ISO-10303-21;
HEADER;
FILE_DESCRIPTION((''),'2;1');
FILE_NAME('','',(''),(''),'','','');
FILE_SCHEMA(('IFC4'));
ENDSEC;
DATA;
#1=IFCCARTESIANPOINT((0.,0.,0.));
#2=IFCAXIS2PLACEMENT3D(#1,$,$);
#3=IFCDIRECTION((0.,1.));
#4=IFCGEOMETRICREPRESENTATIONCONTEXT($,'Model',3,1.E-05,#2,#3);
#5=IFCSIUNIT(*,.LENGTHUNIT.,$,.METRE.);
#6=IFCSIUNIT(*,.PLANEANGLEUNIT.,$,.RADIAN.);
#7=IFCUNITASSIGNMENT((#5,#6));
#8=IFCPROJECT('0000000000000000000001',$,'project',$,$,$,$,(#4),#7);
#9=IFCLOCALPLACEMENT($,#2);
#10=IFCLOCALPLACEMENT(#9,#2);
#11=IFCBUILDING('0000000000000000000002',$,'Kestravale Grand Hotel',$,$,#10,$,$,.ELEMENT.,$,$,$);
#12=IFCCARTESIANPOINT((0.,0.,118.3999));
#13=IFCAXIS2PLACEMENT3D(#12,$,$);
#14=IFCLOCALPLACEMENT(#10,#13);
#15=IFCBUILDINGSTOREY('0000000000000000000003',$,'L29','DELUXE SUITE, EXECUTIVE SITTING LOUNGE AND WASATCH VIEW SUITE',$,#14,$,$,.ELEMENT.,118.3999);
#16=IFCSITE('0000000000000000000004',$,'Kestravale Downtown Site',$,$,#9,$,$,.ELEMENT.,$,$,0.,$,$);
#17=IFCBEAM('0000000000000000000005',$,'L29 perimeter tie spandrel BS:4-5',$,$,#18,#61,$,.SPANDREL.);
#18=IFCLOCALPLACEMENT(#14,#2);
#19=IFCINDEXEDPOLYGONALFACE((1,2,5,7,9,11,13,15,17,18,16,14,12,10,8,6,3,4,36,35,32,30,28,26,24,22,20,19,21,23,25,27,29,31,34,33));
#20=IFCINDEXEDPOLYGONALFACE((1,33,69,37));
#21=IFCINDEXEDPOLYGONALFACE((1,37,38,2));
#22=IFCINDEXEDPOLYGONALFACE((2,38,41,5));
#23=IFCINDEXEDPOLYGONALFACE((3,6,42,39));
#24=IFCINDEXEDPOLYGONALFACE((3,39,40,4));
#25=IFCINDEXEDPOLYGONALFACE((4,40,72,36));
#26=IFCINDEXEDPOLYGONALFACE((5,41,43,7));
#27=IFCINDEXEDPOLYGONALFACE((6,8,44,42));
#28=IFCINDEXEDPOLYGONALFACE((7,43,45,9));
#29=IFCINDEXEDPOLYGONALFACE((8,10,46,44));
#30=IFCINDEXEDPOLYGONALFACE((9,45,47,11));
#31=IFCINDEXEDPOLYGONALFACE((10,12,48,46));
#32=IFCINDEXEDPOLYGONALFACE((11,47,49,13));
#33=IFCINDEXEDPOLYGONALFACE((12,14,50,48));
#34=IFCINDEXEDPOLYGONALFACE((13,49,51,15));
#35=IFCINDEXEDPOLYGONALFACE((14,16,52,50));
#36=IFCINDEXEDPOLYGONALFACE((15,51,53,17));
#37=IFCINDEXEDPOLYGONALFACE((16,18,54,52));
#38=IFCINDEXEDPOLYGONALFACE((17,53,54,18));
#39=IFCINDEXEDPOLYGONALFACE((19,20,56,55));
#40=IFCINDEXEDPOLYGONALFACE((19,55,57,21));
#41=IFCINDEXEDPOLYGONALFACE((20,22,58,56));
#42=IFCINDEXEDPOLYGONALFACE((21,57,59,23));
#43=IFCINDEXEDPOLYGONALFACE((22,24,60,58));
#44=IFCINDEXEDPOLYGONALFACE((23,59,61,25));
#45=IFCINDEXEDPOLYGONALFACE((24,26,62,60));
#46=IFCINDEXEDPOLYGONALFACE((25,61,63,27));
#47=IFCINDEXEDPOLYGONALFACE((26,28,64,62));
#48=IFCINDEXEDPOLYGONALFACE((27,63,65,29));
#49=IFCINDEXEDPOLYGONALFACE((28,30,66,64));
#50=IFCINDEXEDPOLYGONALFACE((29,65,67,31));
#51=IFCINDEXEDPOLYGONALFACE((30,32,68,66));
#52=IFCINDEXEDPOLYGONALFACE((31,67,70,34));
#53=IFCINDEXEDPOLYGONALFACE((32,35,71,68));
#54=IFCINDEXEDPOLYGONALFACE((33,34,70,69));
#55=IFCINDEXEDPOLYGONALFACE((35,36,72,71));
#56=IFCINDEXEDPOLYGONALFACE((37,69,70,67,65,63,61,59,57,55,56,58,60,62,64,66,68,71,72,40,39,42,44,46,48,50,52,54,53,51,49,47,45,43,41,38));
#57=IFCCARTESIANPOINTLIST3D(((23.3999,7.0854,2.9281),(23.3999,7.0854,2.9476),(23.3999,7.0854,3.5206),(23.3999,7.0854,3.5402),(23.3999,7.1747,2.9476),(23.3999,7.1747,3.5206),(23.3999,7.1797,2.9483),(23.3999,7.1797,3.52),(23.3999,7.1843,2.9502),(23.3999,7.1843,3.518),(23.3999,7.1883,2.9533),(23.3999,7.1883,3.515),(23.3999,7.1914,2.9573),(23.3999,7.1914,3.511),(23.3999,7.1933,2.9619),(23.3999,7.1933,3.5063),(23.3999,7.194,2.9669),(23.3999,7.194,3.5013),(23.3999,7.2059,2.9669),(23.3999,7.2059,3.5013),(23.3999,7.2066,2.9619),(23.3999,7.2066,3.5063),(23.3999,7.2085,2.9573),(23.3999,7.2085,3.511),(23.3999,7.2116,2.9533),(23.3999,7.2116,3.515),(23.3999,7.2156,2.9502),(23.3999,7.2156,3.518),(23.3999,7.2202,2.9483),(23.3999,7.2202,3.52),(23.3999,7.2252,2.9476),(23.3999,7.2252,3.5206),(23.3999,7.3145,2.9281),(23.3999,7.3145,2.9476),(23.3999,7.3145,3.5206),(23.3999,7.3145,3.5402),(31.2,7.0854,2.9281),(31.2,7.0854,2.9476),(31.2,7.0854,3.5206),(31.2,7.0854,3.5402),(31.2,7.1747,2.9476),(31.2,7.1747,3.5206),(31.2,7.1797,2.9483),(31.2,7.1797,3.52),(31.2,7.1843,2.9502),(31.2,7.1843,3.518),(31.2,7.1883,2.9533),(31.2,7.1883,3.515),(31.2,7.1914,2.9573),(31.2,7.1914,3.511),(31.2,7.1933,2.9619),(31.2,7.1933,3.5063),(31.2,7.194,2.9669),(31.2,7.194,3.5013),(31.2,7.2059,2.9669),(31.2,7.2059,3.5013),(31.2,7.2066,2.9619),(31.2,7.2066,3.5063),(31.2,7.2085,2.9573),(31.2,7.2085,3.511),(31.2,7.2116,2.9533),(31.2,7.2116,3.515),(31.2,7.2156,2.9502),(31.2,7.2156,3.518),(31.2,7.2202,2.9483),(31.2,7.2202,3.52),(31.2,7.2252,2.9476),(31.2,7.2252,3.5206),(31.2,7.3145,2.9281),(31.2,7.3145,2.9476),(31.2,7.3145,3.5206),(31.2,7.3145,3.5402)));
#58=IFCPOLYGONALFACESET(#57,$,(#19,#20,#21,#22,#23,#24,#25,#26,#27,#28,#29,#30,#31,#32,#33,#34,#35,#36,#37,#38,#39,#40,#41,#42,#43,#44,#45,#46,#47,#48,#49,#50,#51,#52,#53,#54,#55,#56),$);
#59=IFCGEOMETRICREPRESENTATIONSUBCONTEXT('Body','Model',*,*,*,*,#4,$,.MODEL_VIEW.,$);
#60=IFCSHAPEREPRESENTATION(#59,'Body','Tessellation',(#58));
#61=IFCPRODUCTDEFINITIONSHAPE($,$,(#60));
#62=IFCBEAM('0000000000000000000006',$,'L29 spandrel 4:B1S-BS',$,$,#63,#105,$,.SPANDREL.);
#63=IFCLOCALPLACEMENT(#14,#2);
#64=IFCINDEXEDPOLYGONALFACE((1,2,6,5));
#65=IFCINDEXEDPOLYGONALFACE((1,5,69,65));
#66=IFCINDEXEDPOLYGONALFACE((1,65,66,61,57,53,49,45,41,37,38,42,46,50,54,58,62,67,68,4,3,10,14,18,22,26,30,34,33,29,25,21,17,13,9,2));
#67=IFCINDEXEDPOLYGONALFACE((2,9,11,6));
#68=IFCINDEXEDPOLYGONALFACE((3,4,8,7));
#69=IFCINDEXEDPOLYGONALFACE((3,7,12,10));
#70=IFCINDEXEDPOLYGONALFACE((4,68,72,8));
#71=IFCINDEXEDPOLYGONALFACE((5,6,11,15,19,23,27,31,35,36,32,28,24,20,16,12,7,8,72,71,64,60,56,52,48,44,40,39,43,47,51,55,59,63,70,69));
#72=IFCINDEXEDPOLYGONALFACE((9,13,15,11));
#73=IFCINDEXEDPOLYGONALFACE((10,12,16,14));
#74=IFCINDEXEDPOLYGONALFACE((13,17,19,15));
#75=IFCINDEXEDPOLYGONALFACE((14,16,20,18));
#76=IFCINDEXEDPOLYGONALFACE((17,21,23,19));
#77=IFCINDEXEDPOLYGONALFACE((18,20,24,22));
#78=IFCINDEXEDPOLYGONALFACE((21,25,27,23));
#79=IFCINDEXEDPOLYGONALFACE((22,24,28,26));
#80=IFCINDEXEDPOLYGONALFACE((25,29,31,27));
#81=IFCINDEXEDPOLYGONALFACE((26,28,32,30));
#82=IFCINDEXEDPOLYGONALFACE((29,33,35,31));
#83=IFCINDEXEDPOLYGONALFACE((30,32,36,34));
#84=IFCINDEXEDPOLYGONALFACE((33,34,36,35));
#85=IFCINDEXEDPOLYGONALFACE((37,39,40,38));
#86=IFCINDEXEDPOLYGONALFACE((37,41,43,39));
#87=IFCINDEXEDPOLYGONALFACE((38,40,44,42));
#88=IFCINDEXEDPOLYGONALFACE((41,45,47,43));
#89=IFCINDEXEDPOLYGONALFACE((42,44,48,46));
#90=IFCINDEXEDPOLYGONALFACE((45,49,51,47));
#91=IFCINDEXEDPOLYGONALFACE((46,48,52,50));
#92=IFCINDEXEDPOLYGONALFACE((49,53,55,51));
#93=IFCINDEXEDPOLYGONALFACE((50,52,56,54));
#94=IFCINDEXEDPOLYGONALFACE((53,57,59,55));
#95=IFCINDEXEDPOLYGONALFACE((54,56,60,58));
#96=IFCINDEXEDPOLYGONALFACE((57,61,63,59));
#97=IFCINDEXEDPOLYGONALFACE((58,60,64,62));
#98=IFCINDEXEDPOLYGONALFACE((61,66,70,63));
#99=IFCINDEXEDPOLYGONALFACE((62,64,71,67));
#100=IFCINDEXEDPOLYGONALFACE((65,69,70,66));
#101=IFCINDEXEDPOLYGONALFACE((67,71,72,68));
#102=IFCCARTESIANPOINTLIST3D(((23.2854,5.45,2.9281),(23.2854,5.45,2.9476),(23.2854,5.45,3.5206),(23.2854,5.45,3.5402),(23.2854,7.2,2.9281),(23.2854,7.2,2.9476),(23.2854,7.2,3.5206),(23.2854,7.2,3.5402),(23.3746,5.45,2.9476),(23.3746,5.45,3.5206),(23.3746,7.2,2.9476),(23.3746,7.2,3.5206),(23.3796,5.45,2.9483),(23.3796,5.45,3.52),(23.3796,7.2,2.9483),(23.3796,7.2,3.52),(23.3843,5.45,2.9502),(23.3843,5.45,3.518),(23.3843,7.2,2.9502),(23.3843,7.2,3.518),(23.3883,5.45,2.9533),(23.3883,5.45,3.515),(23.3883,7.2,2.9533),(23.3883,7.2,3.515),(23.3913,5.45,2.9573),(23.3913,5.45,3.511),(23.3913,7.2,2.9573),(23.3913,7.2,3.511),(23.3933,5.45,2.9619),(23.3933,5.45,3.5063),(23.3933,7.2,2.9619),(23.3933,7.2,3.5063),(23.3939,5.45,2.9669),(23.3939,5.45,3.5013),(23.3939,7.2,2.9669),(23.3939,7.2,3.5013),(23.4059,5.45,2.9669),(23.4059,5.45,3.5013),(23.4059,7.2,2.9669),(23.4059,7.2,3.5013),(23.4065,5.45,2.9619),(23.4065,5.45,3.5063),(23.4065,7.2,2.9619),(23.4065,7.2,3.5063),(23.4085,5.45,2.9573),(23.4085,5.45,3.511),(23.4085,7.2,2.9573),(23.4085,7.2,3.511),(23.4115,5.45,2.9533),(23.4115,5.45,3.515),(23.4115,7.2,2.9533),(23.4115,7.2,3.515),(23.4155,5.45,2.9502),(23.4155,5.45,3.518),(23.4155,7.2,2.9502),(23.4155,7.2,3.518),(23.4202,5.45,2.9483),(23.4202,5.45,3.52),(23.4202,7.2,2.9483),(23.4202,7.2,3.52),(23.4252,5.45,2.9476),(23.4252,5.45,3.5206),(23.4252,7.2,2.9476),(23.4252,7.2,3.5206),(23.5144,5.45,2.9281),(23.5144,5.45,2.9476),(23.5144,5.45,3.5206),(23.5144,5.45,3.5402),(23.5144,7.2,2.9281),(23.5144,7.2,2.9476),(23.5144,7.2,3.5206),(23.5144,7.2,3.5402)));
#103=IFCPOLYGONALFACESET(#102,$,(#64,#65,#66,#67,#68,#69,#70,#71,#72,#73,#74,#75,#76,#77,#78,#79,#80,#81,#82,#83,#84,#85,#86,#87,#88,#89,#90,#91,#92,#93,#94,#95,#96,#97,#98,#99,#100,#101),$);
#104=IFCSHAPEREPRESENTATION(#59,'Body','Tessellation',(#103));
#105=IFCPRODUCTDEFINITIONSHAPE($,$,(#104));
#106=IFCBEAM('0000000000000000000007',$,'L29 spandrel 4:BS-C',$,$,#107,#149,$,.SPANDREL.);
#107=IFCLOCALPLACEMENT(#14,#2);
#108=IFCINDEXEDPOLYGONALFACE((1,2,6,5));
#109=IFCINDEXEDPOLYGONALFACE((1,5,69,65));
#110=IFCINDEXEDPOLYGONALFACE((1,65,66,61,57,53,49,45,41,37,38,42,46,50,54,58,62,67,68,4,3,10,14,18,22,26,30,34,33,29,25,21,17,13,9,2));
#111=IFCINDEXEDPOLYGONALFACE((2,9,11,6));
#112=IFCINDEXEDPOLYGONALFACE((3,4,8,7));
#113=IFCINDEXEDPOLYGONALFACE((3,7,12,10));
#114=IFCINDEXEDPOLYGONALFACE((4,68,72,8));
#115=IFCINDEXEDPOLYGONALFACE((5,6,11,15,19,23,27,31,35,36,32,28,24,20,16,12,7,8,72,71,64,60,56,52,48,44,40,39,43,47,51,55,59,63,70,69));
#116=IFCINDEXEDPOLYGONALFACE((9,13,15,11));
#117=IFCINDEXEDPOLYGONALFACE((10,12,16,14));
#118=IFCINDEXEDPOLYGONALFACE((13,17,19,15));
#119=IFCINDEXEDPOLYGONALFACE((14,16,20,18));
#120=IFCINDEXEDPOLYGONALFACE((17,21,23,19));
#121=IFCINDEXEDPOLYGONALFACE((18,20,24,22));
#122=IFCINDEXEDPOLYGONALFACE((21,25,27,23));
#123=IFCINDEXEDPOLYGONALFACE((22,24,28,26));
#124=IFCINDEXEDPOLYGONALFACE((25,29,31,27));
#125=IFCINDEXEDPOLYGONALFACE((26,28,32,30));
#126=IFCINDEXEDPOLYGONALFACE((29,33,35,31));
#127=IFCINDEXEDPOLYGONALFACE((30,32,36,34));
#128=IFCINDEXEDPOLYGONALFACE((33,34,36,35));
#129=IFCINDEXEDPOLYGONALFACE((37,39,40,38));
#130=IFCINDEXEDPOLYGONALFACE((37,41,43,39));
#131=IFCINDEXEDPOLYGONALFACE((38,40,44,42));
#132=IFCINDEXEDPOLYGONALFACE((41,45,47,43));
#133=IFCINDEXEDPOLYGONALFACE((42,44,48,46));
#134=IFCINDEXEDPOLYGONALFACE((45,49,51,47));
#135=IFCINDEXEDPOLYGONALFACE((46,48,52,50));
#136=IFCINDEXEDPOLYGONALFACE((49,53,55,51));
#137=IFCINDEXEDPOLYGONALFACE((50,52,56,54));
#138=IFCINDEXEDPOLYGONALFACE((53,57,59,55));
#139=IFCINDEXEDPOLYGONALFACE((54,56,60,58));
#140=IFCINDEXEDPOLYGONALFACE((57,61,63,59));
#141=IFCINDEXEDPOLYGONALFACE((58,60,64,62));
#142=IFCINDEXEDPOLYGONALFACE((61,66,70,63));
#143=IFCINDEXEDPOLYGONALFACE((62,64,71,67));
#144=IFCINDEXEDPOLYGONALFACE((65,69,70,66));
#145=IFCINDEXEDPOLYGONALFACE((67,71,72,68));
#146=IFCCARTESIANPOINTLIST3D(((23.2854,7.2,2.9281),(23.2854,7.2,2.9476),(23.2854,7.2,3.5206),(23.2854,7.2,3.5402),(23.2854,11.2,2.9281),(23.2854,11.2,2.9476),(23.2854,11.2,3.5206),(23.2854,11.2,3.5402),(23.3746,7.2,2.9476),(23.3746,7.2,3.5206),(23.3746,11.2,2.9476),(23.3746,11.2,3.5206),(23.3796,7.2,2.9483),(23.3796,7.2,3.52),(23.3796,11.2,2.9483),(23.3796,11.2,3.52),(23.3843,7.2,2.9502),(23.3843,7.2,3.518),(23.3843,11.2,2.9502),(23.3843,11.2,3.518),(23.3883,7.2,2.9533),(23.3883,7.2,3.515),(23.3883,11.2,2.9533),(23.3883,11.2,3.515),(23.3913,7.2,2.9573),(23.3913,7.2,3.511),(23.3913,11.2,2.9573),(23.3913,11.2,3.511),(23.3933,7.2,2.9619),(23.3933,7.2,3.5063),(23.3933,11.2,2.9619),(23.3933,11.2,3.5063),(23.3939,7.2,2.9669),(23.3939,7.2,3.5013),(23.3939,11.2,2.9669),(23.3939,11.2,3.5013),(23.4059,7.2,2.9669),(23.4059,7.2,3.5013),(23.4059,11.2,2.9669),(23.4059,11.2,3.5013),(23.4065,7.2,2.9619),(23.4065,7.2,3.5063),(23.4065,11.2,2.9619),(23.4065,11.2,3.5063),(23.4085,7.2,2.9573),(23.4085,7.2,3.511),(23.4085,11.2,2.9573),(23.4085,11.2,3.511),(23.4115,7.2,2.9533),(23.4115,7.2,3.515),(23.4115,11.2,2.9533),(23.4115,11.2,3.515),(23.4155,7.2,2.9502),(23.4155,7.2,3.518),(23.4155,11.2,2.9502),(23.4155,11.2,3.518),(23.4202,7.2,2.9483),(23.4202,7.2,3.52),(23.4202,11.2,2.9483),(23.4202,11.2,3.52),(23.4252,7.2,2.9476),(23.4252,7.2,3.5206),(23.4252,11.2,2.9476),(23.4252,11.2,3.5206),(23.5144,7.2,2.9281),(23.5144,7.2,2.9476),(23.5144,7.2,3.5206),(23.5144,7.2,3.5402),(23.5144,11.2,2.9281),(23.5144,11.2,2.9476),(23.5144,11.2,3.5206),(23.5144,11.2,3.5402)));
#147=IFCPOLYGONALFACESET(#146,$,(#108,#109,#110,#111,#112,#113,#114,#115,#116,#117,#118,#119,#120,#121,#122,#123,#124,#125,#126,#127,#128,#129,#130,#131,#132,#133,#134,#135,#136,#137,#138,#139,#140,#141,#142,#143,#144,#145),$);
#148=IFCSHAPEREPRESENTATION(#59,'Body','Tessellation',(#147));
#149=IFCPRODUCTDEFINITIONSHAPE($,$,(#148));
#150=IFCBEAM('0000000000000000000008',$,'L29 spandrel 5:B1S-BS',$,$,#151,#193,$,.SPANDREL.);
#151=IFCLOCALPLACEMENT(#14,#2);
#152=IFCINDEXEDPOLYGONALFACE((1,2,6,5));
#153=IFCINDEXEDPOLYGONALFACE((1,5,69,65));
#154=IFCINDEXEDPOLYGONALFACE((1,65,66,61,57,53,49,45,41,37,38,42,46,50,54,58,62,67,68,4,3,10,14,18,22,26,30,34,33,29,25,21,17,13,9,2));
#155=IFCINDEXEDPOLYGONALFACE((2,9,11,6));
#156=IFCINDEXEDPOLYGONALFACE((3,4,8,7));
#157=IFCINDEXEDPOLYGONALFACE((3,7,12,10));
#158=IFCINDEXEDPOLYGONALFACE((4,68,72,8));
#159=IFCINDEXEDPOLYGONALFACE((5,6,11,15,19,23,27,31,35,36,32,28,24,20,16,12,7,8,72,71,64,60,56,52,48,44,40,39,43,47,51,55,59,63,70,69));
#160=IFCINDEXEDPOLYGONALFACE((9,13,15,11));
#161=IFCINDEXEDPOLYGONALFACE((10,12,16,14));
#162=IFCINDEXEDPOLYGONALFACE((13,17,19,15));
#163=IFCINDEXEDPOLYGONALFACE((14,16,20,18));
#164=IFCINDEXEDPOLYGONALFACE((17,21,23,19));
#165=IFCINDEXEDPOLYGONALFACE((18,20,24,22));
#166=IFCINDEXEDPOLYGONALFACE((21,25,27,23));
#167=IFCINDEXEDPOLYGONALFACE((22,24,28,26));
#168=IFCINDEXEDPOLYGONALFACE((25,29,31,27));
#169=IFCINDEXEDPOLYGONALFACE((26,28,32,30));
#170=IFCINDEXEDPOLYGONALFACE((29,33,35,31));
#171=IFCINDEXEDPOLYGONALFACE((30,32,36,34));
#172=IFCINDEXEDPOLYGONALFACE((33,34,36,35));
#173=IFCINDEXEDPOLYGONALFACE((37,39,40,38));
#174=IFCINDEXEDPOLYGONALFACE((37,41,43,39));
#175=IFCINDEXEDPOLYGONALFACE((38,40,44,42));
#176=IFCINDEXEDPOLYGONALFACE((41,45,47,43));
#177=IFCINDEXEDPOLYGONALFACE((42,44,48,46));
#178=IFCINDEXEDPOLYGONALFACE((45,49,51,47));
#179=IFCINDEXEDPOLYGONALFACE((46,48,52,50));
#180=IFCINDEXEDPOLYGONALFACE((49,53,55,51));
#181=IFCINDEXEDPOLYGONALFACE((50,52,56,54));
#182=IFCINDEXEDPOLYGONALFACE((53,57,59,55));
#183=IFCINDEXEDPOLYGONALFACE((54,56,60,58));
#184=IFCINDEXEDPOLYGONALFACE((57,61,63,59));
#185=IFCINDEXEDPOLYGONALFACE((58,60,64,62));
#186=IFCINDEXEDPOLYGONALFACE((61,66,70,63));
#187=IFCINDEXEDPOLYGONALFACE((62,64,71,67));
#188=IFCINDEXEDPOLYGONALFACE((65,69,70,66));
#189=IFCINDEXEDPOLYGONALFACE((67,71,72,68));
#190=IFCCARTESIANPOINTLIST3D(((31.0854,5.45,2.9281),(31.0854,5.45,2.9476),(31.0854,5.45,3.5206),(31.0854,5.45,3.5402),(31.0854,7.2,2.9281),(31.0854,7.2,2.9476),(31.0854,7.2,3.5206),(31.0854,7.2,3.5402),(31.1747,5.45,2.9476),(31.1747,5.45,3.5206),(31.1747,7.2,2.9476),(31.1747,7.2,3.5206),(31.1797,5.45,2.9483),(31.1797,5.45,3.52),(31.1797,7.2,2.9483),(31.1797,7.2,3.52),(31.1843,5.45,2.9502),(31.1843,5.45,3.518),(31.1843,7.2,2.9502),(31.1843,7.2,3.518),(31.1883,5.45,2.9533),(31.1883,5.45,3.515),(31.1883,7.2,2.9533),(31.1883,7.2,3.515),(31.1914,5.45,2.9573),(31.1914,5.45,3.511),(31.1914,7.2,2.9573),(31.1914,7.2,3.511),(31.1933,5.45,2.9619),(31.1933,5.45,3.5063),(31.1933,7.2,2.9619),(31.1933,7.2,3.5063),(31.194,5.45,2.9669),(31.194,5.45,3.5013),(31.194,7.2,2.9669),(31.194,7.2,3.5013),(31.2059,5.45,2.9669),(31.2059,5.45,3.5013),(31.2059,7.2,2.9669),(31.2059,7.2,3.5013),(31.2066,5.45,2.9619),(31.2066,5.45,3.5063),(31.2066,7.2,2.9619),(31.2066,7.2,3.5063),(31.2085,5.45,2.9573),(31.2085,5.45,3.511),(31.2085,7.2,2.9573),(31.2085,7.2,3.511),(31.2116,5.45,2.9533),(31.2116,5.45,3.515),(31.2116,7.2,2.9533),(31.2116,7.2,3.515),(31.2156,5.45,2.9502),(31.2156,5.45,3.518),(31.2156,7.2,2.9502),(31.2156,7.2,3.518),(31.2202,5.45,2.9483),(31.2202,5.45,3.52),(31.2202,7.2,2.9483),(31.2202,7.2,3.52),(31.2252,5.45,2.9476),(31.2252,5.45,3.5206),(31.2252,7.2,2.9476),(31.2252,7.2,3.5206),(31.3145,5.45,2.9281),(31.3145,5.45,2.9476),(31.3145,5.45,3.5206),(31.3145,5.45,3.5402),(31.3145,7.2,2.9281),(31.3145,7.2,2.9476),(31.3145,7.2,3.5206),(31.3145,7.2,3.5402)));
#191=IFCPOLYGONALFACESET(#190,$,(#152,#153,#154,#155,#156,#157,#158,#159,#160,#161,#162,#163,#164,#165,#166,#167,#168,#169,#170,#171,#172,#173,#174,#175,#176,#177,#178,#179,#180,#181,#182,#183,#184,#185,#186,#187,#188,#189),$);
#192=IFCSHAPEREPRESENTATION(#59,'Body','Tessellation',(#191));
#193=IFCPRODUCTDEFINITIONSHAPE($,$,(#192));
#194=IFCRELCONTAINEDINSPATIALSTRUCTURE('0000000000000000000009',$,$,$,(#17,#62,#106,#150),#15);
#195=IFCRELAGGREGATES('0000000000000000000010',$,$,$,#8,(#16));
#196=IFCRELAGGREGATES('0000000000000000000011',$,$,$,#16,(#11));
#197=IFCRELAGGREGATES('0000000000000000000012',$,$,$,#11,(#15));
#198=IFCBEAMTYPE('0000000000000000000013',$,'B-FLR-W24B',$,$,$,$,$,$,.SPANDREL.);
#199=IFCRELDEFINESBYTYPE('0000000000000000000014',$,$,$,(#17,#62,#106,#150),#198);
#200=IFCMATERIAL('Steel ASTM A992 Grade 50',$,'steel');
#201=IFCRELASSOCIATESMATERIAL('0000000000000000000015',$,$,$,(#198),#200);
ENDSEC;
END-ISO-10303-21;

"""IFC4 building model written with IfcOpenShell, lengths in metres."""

from ifc_helpers import new_model, si_unit, direction, frame, origin, origin_2d, place, context, subcontext, project, spatial, i_section, extrude, material, material_profile, profile_set, type_object, element, save


model = new_model("IFC4")

# Units and contexts
model_context = context("Model", 3, precision=1e-05, world=origin(), true_north=direction((0.0, 1.0)))
body_context = subcontext(model_context, "Body", "Model", "MODEL_VIEW")
ifc_project = project(units=[si_unit("LENGTHUNIT", "METRE"), si_unit("PLANEANGLEUNIT", "RADIAN")], contexts=[model_context])

# Site, building, storey
site_placement = place(None, origin())
site = spatial("IfcSite", under=ifc_project, at=site_placement, Name="Kestravale Downtown Site", CompositionType="ELEMENT", RefElevation=0.0)
building_placement = place(site_placement, origin())
building = spatial("IfcBuilding", under=site, at=building_placement, Name="Kestravale Grand Hotel", CompositionType="ELEMENT")
storey_placement = place(building_placement, frame((0.0, 0.0, 118.3999)))
storey = spatial("IfcBuildingStorey", under=building, at=storey_placement, Name="L29", Description="DELUXE SUITE, EXECUTIVE SITTING LOUNGE AND WASATCH VIEW SUITE", CompositionType="ELEMENT", Elevation=118.3999)

# Beams
ifc_material_1 = material(Name="Steel ASTM A992 Grade 50", Category="steel")
ifc_material_profile_1 = material_profile(ifc_material_1, i_section(OverallWidth=0.229, OverallDepth=0.6121, WebThickness=0.012, FlangeThickness=0.0195, FilletRadius=0.0193, at=origin_2d()))
ifc_profile_set_1 = profile_set([ifc_material_profile_1], Name="Steel ASTM A992 Grade 50")
beam_type_1 = type_object("IfcBeamType", Name="B-FLR-W24B", PredefinedType="SPANDREL", material=ifc_profile_set_1)
for number, where, z_axis, x_axis, name in (
    (1, (23.3999, 7.2, 3.2341), (1.0, 0.0, 0.0), (0.0, 1.0, 0.0), "L29 perimeter tie spandrel BS:4-5"),
):
    element("IfcBeam", number, at=place(storey_placement, frame(where, z_axis=z_axis, x_axis=x_axis)), inside=storey, type_object=beam_type_1, Name=name, PredefinedType="SPANDREL", context=body_context, shape_type="SweptSolid", body=[
        extrude(i_section(OverallWidth=0.229, OverallDepth=0.6121, WebThickness=0.012, FlangeThickness=0.0195, FilletRadius=0.0193, at=origin_2d()), origin(), (0.0, 0.0, 1.0), 7.8),
    ])
beam_1_placement = place(storey_placement, frame((23.3999, 5.45, 3.2341), z_axis=(0.0, 1.0, 0.0), x_axis=(-1.0, 0.0, 0.0)))
element("IfcBeam", 2, at=beam_1_placement, inside=storey, type_object=beam_type_1, Name="L29 spandrel 4:B1S-BS", PredefinedType="SPANDREL", context=body_context, shape_type="SweptSolid", body=[
    extrude(i_section(OverallWidth=0.229, OverallDepth=0.6121, WebThickness=0.012, FlangeThickness=0.0195, FilletRadius=0.0193, at=origin_2d()), origin(), (0.0, 0.0, 1.0), 1.75),
])
beam_2_placement = place(storey_placement, frame((23.3999, 7.2, 3.2341), z_axis=(0.0, 1.0, 0.0), x_axis=(-1.0, 0.0, 0.0)))
element("IfcBeam", 3, at=beam_2_placement, inside=storey, type_object=beam_type_1, Name="L29 spandrel 4:BS-C", PredefinedType="SPANDREL", context=body_context, shape_type="SweptSolid", body=[
    extrude(i_section(OverallWidth=0.229, OverallDepth=0.6121, WebThickness=0.012, FlangeThickness=0.0195, FilletRadius=0.0193, at=origin_2d()), origin(), (0.0, 0.0, 1.0), 4.0),
])
beam_3_placement = place(storey_placement, frame((31.2, 5.45, 3.2341), z_axis=(0.0, 1.0, 0.0), x_axis=(-1.0, 0.0, 0.0)))
element("IfcBeam", 4, at=beam_3_placement, inside=storey, type_object=beam_type_1, Name="L29 spandrel 5:B1S-BS", PredefinedType="SPANDREL", context=body_context, shape_type="SweptSolid", body=[
    extrude(i_section(OverallWidth=0.229, OverallDepth=0.6121, WebThickness=0.012, FlangeThickness=0.0195, FilletRadius=0.0193, at=origin_2d()), origin(), (0.0, 0.0, 1.0), 1.75),
])

save(model, "model.ifc")
